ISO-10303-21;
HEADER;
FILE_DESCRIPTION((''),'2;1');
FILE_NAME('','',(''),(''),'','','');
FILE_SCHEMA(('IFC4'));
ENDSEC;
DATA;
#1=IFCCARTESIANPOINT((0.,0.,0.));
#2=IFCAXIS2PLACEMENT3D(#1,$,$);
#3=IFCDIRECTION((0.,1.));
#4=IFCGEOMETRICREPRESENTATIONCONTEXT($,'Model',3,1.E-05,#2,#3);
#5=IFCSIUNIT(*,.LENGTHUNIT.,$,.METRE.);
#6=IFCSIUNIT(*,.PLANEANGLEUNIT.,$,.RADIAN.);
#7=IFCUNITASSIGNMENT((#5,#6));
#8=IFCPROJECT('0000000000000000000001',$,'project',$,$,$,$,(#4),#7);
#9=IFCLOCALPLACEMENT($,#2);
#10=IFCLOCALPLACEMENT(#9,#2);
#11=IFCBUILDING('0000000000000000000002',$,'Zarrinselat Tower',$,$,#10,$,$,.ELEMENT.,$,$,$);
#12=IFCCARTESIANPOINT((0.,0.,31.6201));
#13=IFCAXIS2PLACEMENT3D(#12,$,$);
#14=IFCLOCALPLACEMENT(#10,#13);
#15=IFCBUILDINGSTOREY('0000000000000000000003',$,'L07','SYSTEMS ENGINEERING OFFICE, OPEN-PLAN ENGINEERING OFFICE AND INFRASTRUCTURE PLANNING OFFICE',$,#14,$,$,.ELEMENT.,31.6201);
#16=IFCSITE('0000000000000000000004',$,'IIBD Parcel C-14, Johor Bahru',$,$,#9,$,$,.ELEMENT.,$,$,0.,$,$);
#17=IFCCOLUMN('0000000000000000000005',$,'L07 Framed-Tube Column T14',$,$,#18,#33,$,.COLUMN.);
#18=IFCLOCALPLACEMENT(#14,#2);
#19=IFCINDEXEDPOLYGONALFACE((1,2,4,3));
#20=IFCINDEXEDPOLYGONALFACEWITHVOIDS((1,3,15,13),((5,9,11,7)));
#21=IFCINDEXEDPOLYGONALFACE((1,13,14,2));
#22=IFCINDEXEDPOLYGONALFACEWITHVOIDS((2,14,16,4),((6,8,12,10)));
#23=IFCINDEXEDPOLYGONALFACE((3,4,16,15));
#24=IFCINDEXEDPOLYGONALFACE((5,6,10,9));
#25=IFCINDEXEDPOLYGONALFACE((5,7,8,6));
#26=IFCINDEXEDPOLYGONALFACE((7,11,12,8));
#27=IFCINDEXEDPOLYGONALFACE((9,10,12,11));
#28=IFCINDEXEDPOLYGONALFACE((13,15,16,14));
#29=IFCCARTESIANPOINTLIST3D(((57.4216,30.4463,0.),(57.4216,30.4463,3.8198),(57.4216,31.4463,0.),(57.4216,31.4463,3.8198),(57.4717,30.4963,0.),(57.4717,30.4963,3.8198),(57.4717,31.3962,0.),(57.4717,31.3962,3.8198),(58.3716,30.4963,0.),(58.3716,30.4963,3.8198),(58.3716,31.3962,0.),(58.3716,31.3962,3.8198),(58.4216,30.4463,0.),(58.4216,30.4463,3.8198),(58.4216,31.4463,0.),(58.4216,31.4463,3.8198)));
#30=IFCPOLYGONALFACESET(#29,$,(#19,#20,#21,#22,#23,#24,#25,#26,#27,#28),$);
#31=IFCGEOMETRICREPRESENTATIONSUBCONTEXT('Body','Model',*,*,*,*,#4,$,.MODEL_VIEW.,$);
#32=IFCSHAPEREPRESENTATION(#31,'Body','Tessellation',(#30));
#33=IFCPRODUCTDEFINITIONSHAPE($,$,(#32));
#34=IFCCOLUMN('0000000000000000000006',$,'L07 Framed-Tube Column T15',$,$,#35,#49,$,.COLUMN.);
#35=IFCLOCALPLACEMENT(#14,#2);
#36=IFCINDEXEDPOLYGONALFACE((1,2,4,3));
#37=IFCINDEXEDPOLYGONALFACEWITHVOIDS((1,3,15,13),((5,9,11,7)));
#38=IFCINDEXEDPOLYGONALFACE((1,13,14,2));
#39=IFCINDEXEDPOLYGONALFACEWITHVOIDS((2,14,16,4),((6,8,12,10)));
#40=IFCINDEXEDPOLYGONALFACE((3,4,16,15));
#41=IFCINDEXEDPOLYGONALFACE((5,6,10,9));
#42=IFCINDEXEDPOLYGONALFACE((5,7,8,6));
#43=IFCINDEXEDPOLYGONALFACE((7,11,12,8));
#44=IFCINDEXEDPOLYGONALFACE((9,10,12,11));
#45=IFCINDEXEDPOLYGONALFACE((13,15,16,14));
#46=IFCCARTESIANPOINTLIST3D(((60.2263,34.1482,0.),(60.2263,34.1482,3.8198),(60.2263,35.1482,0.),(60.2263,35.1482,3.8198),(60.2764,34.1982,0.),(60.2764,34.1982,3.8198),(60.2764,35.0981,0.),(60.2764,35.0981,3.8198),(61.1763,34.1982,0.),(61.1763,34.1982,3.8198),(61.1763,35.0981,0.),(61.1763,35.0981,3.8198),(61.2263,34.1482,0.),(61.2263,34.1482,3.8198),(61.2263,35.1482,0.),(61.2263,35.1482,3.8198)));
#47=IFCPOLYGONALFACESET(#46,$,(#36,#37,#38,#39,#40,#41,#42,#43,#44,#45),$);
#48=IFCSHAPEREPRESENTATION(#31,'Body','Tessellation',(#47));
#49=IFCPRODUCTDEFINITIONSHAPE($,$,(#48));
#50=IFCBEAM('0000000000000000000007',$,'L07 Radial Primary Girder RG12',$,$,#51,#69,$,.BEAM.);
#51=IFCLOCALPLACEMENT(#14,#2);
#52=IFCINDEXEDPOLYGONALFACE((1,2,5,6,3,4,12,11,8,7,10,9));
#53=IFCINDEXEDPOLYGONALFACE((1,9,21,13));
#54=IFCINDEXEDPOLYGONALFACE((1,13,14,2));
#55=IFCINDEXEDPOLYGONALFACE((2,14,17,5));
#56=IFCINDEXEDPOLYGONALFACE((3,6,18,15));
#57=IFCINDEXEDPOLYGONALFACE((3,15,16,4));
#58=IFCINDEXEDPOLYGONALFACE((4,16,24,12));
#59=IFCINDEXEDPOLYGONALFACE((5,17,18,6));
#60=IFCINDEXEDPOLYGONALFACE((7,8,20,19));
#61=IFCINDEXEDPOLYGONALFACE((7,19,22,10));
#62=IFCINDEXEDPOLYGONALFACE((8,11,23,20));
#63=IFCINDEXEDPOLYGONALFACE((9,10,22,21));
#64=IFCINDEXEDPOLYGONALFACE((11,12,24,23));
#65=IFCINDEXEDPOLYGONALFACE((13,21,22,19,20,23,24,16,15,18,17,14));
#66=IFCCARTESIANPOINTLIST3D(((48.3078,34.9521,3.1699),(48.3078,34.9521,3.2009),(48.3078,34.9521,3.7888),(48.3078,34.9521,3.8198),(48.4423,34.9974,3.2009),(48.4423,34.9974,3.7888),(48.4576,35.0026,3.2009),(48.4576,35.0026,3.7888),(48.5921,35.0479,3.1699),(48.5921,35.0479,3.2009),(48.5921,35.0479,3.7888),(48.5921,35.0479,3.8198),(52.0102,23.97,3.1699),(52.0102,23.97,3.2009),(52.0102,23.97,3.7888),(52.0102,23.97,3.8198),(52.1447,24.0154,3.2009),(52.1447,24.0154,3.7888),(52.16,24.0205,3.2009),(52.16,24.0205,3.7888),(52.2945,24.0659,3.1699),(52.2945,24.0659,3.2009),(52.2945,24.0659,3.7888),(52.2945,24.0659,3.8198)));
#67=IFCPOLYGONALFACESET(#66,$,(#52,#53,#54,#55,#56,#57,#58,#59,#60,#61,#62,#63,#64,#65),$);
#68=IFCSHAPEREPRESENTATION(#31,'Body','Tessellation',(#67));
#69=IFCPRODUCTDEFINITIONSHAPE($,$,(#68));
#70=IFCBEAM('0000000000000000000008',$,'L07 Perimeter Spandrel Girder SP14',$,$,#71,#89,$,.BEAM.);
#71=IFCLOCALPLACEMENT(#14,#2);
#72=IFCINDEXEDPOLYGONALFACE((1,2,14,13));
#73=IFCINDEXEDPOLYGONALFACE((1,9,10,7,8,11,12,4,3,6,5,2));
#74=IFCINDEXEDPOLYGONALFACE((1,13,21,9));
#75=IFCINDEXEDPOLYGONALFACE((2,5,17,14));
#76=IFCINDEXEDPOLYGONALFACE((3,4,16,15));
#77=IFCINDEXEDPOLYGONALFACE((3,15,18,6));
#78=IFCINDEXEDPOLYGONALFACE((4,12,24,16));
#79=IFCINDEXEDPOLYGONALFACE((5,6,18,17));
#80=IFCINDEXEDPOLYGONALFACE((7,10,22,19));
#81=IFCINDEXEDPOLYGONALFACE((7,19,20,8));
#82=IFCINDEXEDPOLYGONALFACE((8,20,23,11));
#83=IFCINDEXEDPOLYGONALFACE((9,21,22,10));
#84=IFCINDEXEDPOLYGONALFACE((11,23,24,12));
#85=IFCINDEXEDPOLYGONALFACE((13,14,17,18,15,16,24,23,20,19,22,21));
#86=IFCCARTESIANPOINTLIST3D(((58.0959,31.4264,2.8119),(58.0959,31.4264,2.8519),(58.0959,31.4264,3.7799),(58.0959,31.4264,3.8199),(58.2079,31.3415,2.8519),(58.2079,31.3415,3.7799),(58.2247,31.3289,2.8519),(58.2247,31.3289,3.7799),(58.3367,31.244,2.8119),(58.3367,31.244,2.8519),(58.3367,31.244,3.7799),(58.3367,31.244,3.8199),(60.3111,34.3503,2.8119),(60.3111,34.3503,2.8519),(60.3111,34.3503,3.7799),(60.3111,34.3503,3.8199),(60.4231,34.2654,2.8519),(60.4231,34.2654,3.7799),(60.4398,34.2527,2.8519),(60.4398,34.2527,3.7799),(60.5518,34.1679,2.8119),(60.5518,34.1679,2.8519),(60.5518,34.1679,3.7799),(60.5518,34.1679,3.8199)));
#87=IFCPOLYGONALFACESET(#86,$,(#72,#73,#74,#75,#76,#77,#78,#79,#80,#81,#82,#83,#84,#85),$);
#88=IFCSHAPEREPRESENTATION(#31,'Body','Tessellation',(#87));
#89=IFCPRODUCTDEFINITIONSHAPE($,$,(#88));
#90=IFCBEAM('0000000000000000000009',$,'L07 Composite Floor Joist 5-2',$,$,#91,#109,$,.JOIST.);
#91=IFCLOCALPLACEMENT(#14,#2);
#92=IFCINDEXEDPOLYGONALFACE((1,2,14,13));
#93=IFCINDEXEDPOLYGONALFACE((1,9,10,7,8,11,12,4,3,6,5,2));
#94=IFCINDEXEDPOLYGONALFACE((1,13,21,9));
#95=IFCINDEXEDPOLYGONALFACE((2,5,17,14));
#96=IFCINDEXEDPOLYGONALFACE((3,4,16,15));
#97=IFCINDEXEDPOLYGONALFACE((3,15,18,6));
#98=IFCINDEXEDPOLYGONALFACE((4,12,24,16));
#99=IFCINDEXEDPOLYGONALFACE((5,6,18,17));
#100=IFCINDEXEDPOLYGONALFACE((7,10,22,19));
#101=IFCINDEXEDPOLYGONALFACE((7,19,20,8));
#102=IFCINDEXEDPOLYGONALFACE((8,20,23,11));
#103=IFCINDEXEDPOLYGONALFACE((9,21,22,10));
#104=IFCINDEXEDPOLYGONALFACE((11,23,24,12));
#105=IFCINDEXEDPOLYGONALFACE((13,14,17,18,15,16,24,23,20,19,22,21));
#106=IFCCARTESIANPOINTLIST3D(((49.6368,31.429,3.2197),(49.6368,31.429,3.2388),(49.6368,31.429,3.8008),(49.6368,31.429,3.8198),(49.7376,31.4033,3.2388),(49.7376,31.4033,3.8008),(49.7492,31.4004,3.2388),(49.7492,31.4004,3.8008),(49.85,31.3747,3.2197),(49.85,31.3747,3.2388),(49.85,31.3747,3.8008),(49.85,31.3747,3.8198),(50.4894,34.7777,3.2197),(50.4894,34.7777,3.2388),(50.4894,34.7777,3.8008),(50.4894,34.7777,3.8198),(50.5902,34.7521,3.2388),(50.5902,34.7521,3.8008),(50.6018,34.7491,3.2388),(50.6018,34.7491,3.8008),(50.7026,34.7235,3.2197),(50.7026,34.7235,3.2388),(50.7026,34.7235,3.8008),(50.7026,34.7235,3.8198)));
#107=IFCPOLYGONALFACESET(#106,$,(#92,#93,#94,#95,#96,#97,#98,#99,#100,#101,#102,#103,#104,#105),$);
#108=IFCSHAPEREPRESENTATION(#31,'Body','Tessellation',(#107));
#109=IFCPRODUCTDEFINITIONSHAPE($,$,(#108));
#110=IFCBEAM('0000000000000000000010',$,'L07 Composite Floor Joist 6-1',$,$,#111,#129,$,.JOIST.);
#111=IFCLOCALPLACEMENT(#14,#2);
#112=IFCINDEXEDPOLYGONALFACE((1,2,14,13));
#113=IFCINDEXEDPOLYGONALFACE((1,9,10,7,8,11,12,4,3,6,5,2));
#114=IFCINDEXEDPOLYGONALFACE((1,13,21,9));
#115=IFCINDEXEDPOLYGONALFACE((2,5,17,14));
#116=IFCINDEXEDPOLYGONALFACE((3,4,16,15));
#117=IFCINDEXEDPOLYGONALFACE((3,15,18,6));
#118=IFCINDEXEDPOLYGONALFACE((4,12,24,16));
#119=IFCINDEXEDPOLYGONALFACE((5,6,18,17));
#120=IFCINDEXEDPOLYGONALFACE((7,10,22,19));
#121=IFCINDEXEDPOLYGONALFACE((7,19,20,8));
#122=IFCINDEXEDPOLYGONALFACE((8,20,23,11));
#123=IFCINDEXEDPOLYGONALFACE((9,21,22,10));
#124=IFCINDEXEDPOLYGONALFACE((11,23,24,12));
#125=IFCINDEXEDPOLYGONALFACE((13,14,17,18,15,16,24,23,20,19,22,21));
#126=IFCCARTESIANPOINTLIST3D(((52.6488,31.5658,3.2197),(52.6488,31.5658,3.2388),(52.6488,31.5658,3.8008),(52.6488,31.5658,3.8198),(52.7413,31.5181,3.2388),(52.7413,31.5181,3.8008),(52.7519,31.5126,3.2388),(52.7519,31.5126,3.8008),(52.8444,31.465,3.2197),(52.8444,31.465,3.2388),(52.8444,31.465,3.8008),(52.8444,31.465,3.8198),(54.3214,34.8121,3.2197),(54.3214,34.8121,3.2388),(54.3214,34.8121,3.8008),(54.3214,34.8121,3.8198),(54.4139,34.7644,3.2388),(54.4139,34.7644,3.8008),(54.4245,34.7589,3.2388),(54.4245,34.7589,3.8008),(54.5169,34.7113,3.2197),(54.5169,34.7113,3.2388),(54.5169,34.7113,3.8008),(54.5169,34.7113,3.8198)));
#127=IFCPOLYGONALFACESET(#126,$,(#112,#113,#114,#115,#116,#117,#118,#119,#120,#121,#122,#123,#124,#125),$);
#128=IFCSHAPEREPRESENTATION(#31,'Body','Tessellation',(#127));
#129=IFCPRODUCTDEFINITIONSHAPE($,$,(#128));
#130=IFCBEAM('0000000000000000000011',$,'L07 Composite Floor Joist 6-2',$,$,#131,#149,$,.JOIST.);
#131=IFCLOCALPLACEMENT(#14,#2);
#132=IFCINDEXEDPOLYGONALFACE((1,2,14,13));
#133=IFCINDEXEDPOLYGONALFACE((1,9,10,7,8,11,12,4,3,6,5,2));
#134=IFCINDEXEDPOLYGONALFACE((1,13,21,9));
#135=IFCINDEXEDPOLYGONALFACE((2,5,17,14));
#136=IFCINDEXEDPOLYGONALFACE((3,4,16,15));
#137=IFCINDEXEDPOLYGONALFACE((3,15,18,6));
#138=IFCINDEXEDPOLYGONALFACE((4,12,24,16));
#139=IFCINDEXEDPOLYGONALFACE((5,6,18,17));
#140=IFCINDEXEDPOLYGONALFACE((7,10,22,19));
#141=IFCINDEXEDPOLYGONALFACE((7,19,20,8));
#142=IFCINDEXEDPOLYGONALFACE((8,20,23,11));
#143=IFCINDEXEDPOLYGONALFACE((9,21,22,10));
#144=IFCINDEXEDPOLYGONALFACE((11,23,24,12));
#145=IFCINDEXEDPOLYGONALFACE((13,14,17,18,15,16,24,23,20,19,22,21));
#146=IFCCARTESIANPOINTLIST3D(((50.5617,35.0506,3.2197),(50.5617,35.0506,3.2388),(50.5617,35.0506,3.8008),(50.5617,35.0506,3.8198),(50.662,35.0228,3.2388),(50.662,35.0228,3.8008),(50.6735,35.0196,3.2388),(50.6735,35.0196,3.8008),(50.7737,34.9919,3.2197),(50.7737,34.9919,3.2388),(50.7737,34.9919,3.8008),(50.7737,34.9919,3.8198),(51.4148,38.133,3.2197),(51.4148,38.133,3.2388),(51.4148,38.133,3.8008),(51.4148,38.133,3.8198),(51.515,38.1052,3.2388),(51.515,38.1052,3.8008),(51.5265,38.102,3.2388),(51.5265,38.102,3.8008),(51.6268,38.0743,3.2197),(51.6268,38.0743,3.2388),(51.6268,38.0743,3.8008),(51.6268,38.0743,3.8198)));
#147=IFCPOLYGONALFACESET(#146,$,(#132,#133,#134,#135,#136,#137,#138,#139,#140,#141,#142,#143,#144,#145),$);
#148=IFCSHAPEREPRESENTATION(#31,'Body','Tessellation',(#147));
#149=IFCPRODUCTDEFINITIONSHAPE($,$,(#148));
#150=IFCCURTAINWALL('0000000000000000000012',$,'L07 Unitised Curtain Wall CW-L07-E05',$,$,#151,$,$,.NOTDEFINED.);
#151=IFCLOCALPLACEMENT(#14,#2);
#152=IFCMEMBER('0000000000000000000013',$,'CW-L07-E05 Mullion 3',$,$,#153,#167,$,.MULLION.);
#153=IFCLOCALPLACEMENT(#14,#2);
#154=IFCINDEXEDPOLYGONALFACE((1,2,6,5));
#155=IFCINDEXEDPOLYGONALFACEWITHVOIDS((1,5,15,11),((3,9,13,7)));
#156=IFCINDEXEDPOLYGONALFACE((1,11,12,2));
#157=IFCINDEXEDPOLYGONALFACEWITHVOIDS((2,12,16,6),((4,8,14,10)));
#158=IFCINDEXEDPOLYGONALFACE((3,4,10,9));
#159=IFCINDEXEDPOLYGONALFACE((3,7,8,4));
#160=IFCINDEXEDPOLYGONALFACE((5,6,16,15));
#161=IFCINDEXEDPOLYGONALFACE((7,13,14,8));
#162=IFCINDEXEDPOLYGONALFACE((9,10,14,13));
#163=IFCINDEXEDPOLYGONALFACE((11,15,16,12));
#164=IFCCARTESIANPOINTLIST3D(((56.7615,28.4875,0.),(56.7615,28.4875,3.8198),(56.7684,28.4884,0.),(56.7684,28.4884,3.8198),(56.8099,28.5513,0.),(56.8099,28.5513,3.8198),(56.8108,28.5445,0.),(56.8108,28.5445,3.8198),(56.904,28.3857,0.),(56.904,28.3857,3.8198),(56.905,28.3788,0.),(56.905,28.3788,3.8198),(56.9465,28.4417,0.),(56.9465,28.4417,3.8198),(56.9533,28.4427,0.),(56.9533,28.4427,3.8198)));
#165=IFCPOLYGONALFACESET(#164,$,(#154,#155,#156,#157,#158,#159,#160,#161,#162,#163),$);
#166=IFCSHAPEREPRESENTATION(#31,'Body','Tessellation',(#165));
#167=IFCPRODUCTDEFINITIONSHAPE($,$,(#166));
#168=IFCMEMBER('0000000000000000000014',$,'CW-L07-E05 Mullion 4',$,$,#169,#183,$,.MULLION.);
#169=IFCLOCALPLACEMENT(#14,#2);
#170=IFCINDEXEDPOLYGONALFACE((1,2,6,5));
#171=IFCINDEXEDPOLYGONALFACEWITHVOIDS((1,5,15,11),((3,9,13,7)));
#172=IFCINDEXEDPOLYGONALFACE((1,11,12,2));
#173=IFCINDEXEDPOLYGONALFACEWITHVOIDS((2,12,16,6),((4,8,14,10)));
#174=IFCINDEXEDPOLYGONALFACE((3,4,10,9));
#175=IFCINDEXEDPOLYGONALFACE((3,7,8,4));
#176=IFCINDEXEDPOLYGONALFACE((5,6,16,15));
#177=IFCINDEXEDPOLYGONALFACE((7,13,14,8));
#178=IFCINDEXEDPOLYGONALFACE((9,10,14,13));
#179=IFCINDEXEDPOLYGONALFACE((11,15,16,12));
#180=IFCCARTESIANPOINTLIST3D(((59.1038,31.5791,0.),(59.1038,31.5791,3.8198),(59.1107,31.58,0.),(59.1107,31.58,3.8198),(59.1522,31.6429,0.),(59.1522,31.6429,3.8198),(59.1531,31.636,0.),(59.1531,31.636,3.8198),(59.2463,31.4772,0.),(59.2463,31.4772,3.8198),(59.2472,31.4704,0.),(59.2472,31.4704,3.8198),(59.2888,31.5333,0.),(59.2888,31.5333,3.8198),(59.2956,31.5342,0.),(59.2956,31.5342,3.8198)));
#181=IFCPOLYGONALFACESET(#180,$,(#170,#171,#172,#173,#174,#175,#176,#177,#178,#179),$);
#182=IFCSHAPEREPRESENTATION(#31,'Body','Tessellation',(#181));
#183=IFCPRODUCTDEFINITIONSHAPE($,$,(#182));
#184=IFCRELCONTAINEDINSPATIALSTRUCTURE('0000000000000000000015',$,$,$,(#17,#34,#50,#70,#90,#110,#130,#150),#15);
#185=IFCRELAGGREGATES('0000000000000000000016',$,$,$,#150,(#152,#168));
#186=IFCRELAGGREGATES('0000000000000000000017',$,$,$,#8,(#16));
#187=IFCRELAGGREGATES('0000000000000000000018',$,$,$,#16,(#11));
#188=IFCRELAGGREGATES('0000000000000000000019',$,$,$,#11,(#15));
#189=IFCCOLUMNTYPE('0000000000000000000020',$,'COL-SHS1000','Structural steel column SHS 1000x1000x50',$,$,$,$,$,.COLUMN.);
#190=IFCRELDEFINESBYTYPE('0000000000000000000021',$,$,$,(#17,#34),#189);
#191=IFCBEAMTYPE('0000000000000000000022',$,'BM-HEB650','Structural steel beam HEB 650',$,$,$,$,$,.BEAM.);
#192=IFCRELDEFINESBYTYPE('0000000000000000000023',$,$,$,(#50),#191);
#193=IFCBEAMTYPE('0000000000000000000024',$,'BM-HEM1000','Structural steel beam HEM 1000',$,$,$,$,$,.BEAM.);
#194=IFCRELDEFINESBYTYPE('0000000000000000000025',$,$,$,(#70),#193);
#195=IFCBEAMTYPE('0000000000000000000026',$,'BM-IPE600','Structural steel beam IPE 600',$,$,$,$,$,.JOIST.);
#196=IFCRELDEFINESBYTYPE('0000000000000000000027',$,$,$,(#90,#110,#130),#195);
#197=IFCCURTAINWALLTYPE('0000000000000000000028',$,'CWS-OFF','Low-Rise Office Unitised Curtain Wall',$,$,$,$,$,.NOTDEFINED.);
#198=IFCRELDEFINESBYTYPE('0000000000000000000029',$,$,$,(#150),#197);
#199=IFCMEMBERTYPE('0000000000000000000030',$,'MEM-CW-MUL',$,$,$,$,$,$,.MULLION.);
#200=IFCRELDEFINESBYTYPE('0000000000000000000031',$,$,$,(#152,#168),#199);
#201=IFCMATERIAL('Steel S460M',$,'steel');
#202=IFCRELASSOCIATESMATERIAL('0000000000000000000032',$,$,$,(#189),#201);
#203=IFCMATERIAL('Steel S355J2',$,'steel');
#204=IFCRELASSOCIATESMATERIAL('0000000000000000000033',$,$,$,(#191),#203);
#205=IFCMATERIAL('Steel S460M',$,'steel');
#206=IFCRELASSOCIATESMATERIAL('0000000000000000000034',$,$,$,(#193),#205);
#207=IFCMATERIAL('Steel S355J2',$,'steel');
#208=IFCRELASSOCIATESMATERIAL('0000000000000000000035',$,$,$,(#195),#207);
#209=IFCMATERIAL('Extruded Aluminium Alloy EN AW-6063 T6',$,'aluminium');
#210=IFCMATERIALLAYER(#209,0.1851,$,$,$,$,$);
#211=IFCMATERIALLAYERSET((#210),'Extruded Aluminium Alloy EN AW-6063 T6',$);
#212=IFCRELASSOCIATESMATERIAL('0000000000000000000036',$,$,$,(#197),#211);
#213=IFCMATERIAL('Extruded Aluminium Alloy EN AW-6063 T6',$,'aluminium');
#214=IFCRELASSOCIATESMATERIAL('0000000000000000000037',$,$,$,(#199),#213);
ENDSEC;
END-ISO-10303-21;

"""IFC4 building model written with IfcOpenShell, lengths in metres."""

from ifc_helpers import new_model, si_unit, direction, frame, origin, origin_2d, place, context, subcontext, project, spatial, hollow_rectangle, i_section, extrude, material, layer, layer_set, material_profile, profile_set, type_object, element, aggregate, save


model = new_model("IFC4")

# Units and contexts
model_context = context("Model", 3, precision=1e-05, world=origin(), true_north=direction((0.0, 1.0)))
body_context = subcontext(model_context, "Body", "Model", "MODEL_VIEW")
ifc_project = project(units=[si_unit("LENGTHUNIT", "METRE"), si_unit("PLANEANGLEUNIT", "RADIAN")], contexts=[model_context])

# Site, building, storey
site_placement = place(None, origin())
site = spatial("IfcSite", under=ifc_project, at=site_placement, Name="IIBD Parcel C-14, Johor Bahru", CompositionType="ELEMENT", RefElevation=0.0)
building_placement = place(site_placement, origin())
building = spatial("IfcBuilding", under=site, at=building_placement, Name="Zarrinselat Tower", CompositionType="ELEMENT")
storey_placement = place(building_placement, frame((0.0, 0.0, 31.6201)))
storey = spatial("IfcBuildingStorey", under=building, at=storey_placement, Name="L07", Description="SYSTEMS ENGINEERING OFFICE, OPEN-PLAN ENGINEERING OFFICE AND INFRASTRUCTURE PLANNING OFFICE", CompositionType="ELEMENT", Elevation=31.6201)

# Columns
ifc_material_1 = material(Name="Steel S460M", Category="steel")
ifc_material_profile_1 = material_profile(ifc_material_1, hollow_rectangle(XDim=1.0, YDim=1.0, WallThickness=0.05, at=origin_2d()), Name="SHS 1000x1000x50")
ifc_profile_set_1 = profile_set([ifc_material_profile_1], Name="Steel S460M")
column_type = type_object("IfcColumnType", Name="COL-SHS1000", Description="Structural steel column SHS 1000x1000x50", PredefinedType="COLUMN", material=ifc_profile_set_1)
for number, where, z_axis, x_axis, name in (
    (1, (57.9216, 30.9463, 0.0), (0.0, 0.0, 1.0), (1.0, 0.0, 0.0), "L07 Framed-Tube Column T14"),
    (2, (60.7263, 34.6482, 0.0), (0.0, 0.0, 1.0), (1.0, 0.0, 0.0), "L07 Framed-Tube Column T15"),
):
    element("IfcColumn", number, at=place(storey_placement, frame(where, z_axis=z_axis, x_axis=x_axis)), inside=storey, type_object=column_type, Name=name, PredefinedType="COLUMN", context=body_context, shape_type="SweptSolid", body=[
        extrude(hollow_rectangle(XDim=1.0, YDim=1.0, WallThickness=0.05, at=origin_2d()), origin(), (0.0, 0.0, 1.0), 3.8198),
    ])

# Beams
ifc_material_2 = material(Name="Steel S355J2", Category="steel")
ifc_material_profile_2 = material_profile(ifc_material_2, i_section(OverallWidth=0.3, OverallDepth=0.6499, WebThickness=0.0161, FlangeThickness=0.031, at=origin_2d()), Name="HEB 650")
ifc_profile_set_2 = profile_set([ifc_material_profile_2], Name="Steel S355J2")
beam_type_1 = type_object("IfcBeamType", Name="BM-HEB650", Description="Structural steel beam HEB 650", PredefinedType="BEAM", material=ifc_profile_set_2)
beam_1_placement = place(storey_placement, frame((48.45, 35.0, 3.4949), z_axis=(0.319468, -0.947597, 0.0), x_axis=(0.947597, 0.319468, 0.0)))
element("IfcBeam", 3, at=beam_1_placement, inside=storey, type_object=beam_type_1, Name="L07 Radial Primary Girder RG12", PredefinedType="BEAM", context=body_context, shape_type="SweptSolid", body=[
    extrude(i_section(OverallWidth=0.3, OverallDepth=0.6499, WebThickness=0.0161, FlangeThickness=0.031, at=origin_2d()), origin(), (0.0, 0.0, 1.0), 11.5894),
])
ifc_material_3 = material(Name="Steel S460M", Category="steel")
ifc_material_profile_3 = material_profile(ifc_material_3, i_section(OverallWidth=0.302, OverallDepth=1.0081, WebThickness=0.021, FlangeThickness=0.04, at=origin_2d()), Name="HEM 1000")
ifc_profile_set_3 = profile_set([ifc_material_profile_3], Name="Steel S460M")
beam_type_2 = type_object("IfcBeamType", Name="BM-HEM1000", Description="Structural steel beam HEM 1000", PredefinedType="BEAM", material=ifc_profile_set_3)
beam_2_placement = place(storey_placement, frame((58.2163, 31.3352, 3.3159), z_axis=(0.603869, 0.797083, 0.0), x_axis=(-0.797083, 0.603869, 0.0)))
element("IfcBeam", 4, at=beam_2_placement, inside=storey, type_object=beam_type_2, Name="L07 Perimeter Spandrel Girder SP14", PredefinedType="BEAM", context=body_context, shape_type="SweptSolid", body=[
    extrude(i_section(OverallWidth=0.302, OverallDepth=1.0081, WebThickness=0.021, FlangeThickness=0.04, at=origin_2d()), origin(), (0.0, 0.0, 1.0), 3.6682),
])
ifc_material_4 = material(Name="Steel S355J2", Category="steel")
ifc_material_profile_4 = material_profile(ifc_material_4, i_section(OverallWidth=0.22, OverallDepth=0.6001, WebThickness=0.012, FlangeThickness=0.019, at=origin_2d()), Name="IPE 600")
ifc_profile_set_4 = profile_set([ifc_material_profile_4], Name="Steel S355J2")
beam_type_3 = type_object("IfcBeamType", Name="BM-IPE600", Description="Structural steel beam IPE 600", PredefinedType="JOIST", material=ifc_profile_set_4)
beam_3_placement = place(storey_placement, frame((49.7434, 31.4019, 3.5198), z_axis=(0.246723, 0.969086, 0.0), x_axis=(-0.969086, 0.246723, 0.0)))
element("IfcBeam", 5, at=beam_3_placement, inside=storey, type_object=beam_type_3, Name="L07 Composite Floor Joist 5-2", PredefinedType="JOIST", context=body_context, shape_type="SweptSolid", body=[
    extrude(i_section(OverallWidth=0.22, OverallDepth=0.6001, WebThickness=0.012, FlangeThickness=0.019, at=origin_2d()), origin(), (0.0, 0.0, 1.0), 3.4556),
])
beam_4_placement = place(storey_placement, frame((52.7466, 31.5154, 3.5198), z_axis=(0.458011, 0.888947, 0.0), x_axis=(-0.888947, 0.458011, 0.0)))
element("IfcBeam", 6, at=beam_4_placement, inside=storey, type_object=beam_type_3, Name="L07 Composite Floor Joist 6-1", PredefinedType="JOIST", context=body_context, shape_type="SweptSolid", body=[
    extrude(i_section(OverallWidth=0.22, OverallDepth=0.6001, WebThickness=0.012, FlangeThickness=0.019, at=origin_2d()), origin(), (0.0, 0.0, 1.0), 3.6519),
])
beam_5_placement = place(storey_placement, frame((50.6677, 35.0212, 3.5198), z_axis=(0.266726, 0.963772, 0.0), x_axis=(-0.963772, 0.266726, 0.0)))
element("IfcBeam", 7, at=beam_5_placement, inside=storey, type_object=beam_type_3, Name="L07 Composite Floor Joist 6-2", PredefinedType="JOIST", context=body_context, shape_type="SweptSolid", body=[
    extrude(i_section(OverallWidth=0.22, OverallDepth=0.6001, WebThickness=0.012, FlangeThickness=0.019, at=origin_2d()), origin(), (0.0, 0.0, 1.0), 3.1982),
])

# Curtain wall, members
ifc_material_5 = material(Name="Extruded Aluminium Alloy EN AW-6063 T6", Category="aluminium")
ifc_layer_1 = layer(ifc_material_5, 0.1851)
ifc_layer_set_1 = layer_set([ifc_layer_1], Name="Extruded Aluminium Alloy EN AW-6063 T6")
curtain_wall_type = type_object("IfcCurtainWallType", Name="CWS-OFF", Description="Low-Rise Office Unitised Curtain Wall", PredefinedType="NOTDEFINED", material=ifc_layer_set_1)
curtain_wall_1_placement = place(storey_placement, origin())
curtain_wall_1 = element("IfcCurtainWall", 8, at=curtain_wall_1_placement, inside=storey, type_object=curtain_wall_type, Name="L07 Unitised Curtain Wall CW-L07-E05", PredefinedType="NOTDEFINED")
ifc_material_6 = material(Name="Extruded Aluminium Alloy EN AW-6063 T6", Category="aluminium")
ifc_material_profile_5 = material_profile(ifc_material_6, hollow_rectangle(XDim=0.0801, YDim=0.1799, WallThickness=0.0049, at=origin_2d()), Name="RHS 180x80x5")
ifc_profile_set_5 = profile_set([ifc_material_profile_5], Name="Extruded Aluminium Alloy EN AW-6063 T6")
member_type_1 = type_object("IfcMemberType", Name="MEM-CW-MUL", PredefinedType="MULLION", material=ifc_profile_set_5)
member_1_placement = place(storey_placement, frame((56.8574, 28.4651, 0.0), z_axis=(0.0, 0.0, 1.0), x_axis=(0.603858, 0.797092, 0.0)))
member_1 = element("IfcMember", 9, at=member_1_placement, type_object=member_type_1, Name="CW-L07-E05 Mullion 3", PredefinedType="MULLION", context=body_context, shape_type="SweptSolid", body=[
    extrude(hollow_rectangle(XDim=0.0801, YDim=0.1799, WallThickness=0.0049, at=origin_2d()), origin(), (0.0, 0.0, 1.0), 3.8198),
])
member_2_placement = place(storey_placement, frame((59.1997, 31.5566, 0.0), z_axis=(0.0, 0.0, 1.0), x_axis=(0.603858, 0.797092, 0.0)))
member_2 = element("IfcMember", 10, at=member_2_placement, type_object=member_type_1, Name="CW-L07-E05 Mullion 4", PredefinedType="MULLION", context=body_context, shape_type="SweptSolid", body=[
    extrude(hollow_rectangle(XDim=0.0801, YDim=0.1799, WallThickness=0.0049, at=origin_2d()), origin(), (0.0, 0.0, 1.0), 3.8198),
])

aggregate(curtain_wall_1, [member_1, member_2])

save(model, "model.ifc")
